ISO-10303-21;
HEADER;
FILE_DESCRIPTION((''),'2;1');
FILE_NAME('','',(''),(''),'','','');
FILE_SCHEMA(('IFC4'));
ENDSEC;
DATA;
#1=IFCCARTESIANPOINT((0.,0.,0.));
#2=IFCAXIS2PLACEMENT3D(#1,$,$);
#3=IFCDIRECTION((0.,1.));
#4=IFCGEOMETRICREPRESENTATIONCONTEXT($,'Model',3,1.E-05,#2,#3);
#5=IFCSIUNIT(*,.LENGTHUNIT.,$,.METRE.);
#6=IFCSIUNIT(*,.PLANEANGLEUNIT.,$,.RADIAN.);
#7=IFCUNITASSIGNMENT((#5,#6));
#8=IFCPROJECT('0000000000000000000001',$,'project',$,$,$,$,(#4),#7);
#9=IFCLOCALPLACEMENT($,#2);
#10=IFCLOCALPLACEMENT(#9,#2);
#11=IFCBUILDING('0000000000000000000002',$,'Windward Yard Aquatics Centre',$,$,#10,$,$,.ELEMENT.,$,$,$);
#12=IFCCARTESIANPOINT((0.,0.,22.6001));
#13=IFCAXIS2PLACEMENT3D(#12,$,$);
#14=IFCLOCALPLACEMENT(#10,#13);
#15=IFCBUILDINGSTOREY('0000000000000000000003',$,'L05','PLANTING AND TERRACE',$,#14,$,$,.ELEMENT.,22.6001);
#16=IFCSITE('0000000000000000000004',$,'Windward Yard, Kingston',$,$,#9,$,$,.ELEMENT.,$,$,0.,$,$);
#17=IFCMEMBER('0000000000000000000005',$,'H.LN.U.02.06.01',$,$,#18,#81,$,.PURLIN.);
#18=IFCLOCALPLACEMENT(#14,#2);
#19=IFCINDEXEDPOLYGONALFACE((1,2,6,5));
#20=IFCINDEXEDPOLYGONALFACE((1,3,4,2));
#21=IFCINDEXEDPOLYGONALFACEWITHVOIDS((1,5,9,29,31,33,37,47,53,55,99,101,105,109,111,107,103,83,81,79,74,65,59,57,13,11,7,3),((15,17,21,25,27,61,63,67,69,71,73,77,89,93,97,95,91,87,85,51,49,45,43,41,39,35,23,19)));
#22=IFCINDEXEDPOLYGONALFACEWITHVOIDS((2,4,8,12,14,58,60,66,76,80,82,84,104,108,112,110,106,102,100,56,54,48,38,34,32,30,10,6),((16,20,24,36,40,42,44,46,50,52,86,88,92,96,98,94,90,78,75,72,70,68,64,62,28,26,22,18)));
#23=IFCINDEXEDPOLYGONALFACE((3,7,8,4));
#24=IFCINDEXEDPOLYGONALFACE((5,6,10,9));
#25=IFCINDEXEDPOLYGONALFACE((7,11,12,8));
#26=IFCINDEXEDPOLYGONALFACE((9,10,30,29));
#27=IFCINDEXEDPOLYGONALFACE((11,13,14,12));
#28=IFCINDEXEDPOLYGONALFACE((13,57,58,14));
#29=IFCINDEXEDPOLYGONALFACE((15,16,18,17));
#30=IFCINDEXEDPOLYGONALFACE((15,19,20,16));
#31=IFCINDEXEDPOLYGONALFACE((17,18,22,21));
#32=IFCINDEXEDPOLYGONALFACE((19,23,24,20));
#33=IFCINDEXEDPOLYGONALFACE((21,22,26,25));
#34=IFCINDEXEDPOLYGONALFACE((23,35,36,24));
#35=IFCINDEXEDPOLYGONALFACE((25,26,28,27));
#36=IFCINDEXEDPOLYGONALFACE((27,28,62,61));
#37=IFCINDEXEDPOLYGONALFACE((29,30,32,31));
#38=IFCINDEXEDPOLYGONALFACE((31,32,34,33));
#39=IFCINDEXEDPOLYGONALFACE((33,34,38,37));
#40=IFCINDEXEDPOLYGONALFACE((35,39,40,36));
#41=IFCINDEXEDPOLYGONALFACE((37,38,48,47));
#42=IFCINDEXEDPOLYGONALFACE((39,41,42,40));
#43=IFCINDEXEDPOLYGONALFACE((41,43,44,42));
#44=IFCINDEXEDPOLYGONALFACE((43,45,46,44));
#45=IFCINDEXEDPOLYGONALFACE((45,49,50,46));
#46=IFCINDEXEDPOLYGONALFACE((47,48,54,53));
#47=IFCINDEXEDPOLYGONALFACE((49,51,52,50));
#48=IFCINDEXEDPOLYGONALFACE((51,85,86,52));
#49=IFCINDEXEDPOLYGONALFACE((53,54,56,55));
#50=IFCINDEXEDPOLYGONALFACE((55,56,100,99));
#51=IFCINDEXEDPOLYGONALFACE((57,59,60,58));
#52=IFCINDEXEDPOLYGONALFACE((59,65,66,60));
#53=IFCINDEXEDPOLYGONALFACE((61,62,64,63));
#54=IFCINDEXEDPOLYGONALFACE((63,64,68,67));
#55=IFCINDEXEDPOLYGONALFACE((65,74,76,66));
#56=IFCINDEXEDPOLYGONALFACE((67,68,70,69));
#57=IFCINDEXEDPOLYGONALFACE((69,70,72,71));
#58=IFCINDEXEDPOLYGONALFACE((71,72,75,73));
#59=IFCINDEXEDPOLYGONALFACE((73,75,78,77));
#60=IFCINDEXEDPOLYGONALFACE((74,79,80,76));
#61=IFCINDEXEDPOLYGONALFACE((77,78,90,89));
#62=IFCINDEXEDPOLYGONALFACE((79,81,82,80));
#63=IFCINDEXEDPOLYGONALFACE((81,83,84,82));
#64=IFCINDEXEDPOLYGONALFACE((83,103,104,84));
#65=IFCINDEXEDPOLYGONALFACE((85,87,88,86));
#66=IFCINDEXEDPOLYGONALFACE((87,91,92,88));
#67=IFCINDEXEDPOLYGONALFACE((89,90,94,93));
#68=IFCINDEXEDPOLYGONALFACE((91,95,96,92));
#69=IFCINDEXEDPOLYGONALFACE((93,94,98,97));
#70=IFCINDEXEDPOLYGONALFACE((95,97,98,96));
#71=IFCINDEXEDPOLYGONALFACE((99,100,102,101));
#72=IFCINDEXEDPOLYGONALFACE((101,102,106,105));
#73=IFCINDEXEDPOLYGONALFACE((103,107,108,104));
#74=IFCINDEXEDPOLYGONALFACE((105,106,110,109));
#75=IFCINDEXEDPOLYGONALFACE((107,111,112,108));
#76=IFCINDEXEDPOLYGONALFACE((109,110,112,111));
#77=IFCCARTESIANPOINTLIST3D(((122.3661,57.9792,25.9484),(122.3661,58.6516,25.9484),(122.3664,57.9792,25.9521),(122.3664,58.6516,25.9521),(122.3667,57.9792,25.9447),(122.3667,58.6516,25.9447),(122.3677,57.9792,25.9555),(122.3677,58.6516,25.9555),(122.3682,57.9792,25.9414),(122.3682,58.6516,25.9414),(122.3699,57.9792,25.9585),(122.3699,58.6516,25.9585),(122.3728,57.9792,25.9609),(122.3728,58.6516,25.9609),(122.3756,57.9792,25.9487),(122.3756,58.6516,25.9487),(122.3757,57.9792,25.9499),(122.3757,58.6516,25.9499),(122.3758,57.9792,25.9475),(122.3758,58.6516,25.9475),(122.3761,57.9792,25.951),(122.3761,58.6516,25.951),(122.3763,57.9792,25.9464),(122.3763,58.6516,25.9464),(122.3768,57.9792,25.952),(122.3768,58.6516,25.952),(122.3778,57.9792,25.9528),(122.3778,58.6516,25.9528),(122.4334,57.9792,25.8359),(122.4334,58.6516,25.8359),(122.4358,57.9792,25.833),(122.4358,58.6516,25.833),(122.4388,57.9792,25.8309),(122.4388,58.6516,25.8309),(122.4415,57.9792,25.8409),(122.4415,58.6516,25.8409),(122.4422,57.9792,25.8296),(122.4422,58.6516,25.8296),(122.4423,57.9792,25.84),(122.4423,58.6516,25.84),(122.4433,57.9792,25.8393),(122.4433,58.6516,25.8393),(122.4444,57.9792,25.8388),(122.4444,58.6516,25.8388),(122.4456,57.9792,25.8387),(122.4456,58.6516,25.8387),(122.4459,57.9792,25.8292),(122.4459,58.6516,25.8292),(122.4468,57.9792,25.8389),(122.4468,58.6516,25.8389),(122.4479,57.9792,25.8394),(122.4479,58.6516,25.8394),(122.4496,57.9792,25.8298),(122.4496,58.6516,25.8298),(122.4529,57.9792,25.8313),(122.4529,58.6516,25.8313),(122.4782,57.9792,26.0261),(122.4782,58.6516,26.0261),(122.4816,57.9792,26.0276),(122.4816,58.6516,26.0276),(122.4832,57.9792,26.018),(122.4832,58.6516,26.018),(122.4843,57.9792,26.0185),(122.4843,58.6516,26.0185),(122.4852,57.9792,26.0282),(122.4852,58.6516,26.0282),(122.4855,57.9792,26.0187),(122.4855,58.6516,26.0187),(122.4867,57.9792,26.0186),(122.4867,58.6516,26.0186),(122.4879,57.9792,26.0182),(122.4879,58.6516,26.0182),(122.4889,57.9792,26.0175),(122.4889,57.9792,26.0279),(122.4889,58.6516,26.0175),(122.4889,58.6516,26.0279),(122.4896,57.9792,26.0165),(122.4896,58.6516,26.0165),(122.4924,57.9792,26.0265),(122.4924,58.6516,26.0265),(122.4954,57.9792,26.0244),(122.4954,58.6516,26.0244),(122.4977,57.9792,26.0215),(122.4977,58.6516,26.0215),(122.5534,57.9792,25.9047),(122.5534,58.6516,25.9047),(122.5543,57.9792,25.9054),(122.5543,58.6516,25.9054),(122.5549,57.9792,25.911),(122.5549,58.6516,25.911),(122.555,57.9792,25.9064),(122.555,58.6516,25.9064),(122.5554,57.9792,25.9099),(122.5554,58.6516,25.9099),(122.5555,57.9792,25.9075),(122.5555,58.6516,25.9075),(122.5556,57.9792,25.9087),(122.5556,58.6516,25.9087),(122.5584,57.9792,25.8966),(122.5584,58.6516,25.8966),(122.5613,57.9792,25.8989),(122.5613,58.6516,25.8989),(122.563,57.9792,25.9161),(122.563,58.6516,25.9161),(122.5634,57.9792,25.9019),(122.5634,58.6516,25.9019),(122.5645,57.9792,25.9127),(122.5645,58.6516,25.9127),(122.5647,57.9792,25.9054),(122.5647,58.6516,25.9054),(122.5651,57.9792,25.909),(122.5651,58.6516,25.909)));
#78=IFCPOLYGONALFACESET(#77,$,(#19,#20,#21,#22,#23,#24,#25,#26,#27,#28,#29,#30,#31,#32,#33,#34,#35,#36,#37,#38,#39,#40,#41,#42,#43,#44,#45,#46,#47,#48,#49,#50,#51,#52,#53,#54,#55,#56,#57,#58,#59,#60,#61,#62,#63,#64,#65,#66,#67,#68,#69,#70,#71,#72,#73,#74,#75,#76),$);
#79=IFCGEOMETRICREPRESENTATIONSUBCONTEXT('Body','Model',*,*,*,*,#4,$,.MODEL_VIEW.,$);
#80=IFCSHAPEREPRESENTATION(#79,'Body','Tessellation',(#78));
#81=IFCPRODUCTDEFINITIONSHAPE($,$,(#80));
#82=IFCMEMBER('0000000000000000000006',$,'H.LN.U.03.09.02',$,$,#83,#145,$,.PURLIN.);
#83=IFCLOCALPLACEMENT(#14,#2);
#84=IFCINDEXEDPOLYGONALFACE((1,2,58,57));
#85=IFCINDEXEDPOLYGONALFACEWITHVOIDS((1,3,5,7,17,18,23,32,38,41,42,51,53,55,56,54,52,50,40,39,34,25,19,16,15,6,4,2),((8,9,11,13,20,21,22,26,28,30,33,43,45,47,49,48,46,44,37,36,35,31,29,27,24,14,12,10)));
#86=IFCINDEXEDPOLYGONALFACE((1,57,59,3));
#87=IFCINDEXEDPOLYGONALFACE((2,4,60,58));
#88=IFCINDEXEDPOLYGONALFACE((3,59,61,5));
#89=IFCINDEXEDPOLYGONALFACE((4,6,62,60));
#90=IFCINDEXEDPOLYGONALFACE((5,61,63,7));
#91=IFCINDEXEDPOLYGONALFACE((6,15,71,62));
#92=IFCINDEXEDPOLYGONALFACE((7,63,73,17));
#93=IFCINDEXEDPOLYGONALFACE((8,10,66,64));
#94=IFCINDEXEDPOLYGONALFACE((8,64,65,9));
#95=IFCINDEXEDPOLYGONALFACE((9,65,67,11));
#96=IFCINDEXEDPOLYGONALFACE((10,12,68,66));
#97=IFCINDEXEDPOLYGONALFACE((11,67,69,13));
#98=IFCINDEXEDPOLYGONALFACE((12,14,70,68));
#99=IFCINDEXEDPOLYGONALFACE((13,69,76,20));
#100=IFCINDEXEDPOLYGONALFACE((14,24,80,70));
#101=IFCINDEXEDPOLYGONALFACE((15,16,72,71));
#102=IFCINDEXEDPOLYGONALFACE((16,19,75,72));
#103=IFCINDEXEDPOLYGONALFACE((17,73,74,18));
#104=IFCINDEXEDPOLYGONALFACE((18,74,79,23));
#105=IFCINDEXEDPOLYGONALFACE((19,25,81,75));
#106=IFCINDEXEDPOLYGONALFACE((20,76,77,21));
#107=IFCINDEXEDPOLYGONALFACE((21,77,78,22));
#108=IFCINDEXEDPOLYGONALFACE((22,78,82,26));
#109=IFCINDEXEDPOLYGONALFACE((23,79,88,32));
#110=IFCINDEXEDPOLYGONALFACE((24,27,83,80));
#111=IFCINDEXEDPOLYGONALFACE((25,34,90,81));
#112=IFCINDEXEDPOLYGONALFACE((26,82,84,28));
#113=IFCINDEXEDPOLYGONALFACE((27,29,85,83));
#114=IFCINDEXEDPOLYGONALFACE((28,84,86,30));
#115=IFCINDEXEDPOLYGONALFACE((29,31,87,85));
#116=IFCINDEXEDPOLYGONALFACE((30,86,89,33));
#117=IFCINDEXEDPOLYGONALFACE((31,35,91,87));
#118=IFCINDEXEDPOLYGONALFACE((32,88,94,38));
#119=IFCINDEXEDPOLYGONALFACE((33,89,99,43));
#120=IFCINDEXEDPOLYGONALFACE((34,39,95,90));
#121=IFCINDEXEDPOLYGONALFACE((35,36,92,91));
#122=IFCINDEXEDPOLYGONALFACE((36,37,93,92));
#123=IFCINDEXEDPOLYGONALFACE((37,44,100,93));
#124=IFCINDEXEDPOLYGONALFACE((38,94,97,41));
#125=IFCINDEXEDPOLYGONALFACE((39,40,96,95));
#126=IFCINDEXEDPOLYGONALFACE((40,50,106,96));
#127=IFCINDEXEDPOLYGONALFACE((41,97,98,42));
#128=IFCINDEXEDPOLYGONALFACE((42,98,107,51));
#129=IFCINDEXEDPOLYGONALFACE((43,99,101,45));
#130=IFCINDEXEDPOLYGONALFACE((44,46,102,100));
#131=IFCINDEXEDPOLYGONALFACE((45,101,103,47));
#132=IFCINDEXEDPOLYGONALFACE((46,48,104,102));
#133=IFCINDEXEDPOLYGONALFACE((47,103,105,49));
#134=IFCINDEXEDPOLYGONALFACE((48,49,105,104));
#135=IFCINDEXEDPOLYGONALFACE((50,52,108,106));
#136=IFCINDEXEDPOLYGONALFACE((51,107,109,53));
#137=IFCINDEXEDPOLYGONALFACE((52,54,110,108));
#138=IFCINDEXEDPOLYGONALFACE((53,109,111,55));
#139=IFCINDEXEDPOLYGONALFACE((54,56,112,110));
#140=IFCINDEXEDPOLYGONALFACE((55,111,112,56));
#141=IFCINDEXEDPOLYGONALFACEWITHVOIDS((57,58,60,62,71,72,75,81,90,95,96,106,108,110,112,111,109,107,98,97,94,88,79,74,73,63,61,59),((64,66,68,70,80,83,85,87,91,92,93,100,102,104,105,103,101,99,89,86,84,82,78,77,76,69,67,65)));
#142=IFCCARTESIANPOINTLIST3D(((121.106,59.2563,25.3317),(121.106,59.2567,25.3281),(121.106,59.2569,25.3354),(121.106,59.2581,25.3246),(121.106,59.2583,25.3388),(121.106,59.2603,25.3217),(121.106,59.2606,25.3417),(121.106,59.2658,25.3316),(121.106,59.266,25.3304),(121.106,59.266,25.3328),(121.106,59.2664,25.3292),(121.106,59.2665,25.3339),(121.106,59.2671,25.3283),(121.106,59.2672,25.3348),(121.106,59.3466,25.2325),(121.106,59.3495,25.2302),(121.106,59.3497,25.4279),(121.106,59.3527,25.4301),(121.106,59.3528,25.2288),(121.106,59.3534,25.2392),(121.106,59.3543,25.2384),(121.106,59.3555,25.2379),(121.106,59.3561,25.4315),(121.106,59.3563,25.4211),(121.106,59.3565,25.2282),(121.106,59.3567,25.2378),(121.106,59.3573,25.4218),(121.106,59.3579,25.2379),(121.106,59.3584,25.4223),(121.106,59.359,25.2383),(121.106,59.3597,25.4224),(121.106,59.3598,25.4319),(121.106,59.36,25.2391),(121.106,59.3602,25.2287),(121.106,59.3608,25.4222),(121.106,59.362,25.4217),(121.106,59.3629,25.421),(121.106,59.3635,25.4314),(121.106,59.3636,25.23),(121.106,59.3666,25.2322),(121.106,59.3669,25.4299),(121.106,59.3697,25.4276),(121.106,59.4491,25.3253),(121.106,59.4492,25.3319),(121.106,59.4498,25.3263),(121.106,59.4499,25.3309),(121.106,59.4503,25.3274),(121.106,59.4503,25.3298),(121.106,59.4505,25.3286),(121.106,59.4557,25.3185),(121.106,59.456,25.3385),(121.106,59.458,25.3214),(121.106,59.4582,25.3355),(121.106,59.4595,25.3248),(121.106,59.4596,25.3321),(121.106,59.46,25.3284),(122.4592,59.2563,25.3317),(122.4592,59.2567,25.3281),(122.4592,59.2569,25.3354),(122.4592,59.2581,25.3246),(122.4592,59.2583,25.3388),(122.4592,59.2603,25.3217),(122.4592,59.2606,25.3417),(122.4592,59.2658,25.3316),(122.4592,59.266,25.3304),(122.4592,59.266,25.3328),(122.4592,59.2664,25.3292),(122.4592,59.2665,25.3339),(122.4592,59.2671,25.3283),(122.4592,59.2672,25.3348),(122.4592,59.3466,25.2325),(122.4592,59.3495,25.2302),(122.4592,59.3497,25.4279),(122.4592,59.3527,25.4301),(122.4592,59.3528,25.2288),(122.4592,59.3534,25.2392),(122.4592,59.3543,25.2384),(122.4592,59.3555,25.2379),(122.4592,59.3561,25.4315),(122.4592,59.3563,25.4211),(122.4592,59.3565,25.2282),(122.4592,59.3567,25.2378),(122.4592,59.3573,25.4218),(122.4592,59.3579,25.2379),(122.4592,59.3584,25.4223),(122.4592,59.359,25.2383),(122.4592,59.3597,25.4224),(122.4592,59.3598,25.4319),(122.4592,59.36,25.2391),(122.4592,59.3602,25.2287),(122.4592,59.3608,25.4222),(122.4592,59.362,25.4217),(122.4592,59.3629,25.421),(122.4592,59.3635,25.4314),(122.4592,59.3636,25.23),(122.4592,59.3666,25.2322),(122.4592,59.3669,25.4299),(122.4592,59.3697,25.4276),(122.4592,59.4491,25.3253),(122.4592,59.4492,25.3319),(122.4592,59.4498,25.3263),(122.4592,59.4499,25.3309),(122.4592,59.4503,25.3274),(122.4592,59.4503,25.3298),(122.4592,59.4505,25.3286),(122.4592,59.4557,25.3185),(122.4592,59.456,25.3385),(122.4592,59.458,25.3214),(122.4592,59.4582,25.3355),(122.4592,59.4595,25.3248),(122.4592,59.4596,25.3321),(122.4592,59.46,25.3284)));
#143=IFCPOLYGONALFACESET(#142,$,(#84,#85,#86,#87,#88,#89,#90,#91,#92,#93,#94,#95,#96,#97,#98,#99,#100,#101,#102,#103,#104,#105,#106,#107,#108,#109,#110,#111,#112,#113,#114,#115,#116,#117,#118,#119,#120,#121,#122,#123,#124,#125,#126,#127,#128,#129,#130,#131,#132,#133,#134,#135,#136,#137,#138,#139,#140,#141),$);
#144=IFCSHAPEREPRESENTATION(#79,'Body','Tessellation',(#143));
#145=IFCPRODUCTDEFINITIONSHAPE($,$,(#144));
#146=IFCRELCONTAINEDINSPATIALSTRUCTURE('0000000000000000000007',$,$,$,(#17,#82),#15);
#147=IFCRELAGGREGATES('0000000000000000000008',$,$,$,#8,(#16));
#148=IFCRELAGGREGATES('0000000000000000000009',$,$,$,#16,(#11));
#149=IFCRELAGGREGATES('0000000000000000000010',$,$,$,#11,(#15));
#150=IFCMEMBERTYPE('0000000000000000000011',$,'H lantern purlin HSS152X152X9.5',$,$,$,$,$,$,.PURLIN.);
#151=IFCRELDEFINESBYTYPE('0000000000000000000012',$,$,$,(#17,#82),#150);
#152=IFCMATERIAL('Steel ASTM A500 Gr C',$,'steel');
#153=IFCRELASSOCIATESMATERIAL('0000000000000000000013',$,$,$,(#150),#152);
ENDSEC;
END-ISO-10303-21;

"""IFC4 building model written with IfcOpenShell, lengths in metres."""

from ifc_helpers import new_model, si_unit, direction, frame, origin, origin_2d, place, context, subcontext, project, spatial, hollow_rectangle, extrude, material, material_profile, profile_set, type_object, element, save


model = new_model("IFC4")

# Units and contexts
model_context = context("Model", 3, precision=1e-05, world=origin(), true_north=direction((0.0, 1.0)))
body_context = subcontext(model_context, "Body", "Model", "MODEL_VIEW")
ifc_project = project(units=[si_unit("LENGTHUNIT", "METRE"), si_unit("PLANEANGLEUNIT", "RADIAN")], contexts=[model_context])

# Site, building, storey
site_placement = place(None, origin())
site = spatial("IfcSite", under=ifc_project, at=site_placement, Name="Windward Yard, Kingston", CompositionType="ELEMENT", RefElevation=0.0)
building_placement = place(site_placement, origin())
building = spatial("IfcBuilding", under=site, at=building_placement, Name="Windward Yard Aquatics Centre", CompositionType="ELEMENT")
storey_placement = place(building_placement, frame((0.0, 0.0, 22.6001)))
storey = spatial("IfcBuildingStorey", under=building, at=storey_placement, Name="L05", Description="PLANTING AND TERRACE", CompositionType="ELEMENT", Elevation=22.6001)

# Members
ifc_material_1 = material(Name="Steel ASTM A500 Gr C", Category="steel")
ifc_material_profile = material_profile(ifc_material_1, hollow_rectangle(XDim=0.1523, YDim=0.1523, WallThickness=0.0095, InnerFilletRadius=0.0046, OuterFilletRadius=0.0142, at=origin_2d()), Name="HSS152X152X9.5")
ifc_profile_set = profile_set([ifc_material_profile], Name="Steel ASTM A500 Gr C")
member_type = type_object("IfcMemberType", Name="H lantern purlin HSS152X152X9.5", PredefinedType="PURLIN", material=ifc_profile_set)
member_1_placement = place(storey_placement, frame((122.4656, 58.6516, 25.9287), z_axis=(0.0, -1.0, 0.0), x_axis=(0.526172, 0.0, -0.850378)))
element("IfcMember", 1, at=member_1_placement, inside=storey, type_object=member_type, Name="H.LN.U.02.06.01", PredefinedType="PURLIN", context=body_context, shape_type="SweptSolid", body=[
    extrude(hollow_rectangle(XDim=0.1523, YDim=0.1523, WallThickness=0.0095, InnerFilletRadius=0.0046, OuterFilletRadius=0.0142, at=origin_2d()), origin(), (0.0, 0.0, 1.0), 0.6724),
])
member_2_placement = place(storey_placement, frame((121.106, 59.3582, 25.3301), z_axis=(1.0, 0.0, 0.0), x_axis=(0.0, 0.69555, -0.718477)))
element("IfcMember", 2, at=member_2_placement, inside=storey, type_object=member_type, Name="H.LN.U.03.09.02", PredefinedType="PURLIN", context=body_context, shape_type="SweptSolid", body=[
    extrude(hollow_rectangle(XDim=0.1523, YDim=0.1523, WallThickness=0.0095, InnerFilletRadius=0.0046, OuterFilletRadius=0.0142, at=origin_2d()), origin(), (0.0, 0.0, 1.0), 1.3533),
])

save(model, "model.ifc")
